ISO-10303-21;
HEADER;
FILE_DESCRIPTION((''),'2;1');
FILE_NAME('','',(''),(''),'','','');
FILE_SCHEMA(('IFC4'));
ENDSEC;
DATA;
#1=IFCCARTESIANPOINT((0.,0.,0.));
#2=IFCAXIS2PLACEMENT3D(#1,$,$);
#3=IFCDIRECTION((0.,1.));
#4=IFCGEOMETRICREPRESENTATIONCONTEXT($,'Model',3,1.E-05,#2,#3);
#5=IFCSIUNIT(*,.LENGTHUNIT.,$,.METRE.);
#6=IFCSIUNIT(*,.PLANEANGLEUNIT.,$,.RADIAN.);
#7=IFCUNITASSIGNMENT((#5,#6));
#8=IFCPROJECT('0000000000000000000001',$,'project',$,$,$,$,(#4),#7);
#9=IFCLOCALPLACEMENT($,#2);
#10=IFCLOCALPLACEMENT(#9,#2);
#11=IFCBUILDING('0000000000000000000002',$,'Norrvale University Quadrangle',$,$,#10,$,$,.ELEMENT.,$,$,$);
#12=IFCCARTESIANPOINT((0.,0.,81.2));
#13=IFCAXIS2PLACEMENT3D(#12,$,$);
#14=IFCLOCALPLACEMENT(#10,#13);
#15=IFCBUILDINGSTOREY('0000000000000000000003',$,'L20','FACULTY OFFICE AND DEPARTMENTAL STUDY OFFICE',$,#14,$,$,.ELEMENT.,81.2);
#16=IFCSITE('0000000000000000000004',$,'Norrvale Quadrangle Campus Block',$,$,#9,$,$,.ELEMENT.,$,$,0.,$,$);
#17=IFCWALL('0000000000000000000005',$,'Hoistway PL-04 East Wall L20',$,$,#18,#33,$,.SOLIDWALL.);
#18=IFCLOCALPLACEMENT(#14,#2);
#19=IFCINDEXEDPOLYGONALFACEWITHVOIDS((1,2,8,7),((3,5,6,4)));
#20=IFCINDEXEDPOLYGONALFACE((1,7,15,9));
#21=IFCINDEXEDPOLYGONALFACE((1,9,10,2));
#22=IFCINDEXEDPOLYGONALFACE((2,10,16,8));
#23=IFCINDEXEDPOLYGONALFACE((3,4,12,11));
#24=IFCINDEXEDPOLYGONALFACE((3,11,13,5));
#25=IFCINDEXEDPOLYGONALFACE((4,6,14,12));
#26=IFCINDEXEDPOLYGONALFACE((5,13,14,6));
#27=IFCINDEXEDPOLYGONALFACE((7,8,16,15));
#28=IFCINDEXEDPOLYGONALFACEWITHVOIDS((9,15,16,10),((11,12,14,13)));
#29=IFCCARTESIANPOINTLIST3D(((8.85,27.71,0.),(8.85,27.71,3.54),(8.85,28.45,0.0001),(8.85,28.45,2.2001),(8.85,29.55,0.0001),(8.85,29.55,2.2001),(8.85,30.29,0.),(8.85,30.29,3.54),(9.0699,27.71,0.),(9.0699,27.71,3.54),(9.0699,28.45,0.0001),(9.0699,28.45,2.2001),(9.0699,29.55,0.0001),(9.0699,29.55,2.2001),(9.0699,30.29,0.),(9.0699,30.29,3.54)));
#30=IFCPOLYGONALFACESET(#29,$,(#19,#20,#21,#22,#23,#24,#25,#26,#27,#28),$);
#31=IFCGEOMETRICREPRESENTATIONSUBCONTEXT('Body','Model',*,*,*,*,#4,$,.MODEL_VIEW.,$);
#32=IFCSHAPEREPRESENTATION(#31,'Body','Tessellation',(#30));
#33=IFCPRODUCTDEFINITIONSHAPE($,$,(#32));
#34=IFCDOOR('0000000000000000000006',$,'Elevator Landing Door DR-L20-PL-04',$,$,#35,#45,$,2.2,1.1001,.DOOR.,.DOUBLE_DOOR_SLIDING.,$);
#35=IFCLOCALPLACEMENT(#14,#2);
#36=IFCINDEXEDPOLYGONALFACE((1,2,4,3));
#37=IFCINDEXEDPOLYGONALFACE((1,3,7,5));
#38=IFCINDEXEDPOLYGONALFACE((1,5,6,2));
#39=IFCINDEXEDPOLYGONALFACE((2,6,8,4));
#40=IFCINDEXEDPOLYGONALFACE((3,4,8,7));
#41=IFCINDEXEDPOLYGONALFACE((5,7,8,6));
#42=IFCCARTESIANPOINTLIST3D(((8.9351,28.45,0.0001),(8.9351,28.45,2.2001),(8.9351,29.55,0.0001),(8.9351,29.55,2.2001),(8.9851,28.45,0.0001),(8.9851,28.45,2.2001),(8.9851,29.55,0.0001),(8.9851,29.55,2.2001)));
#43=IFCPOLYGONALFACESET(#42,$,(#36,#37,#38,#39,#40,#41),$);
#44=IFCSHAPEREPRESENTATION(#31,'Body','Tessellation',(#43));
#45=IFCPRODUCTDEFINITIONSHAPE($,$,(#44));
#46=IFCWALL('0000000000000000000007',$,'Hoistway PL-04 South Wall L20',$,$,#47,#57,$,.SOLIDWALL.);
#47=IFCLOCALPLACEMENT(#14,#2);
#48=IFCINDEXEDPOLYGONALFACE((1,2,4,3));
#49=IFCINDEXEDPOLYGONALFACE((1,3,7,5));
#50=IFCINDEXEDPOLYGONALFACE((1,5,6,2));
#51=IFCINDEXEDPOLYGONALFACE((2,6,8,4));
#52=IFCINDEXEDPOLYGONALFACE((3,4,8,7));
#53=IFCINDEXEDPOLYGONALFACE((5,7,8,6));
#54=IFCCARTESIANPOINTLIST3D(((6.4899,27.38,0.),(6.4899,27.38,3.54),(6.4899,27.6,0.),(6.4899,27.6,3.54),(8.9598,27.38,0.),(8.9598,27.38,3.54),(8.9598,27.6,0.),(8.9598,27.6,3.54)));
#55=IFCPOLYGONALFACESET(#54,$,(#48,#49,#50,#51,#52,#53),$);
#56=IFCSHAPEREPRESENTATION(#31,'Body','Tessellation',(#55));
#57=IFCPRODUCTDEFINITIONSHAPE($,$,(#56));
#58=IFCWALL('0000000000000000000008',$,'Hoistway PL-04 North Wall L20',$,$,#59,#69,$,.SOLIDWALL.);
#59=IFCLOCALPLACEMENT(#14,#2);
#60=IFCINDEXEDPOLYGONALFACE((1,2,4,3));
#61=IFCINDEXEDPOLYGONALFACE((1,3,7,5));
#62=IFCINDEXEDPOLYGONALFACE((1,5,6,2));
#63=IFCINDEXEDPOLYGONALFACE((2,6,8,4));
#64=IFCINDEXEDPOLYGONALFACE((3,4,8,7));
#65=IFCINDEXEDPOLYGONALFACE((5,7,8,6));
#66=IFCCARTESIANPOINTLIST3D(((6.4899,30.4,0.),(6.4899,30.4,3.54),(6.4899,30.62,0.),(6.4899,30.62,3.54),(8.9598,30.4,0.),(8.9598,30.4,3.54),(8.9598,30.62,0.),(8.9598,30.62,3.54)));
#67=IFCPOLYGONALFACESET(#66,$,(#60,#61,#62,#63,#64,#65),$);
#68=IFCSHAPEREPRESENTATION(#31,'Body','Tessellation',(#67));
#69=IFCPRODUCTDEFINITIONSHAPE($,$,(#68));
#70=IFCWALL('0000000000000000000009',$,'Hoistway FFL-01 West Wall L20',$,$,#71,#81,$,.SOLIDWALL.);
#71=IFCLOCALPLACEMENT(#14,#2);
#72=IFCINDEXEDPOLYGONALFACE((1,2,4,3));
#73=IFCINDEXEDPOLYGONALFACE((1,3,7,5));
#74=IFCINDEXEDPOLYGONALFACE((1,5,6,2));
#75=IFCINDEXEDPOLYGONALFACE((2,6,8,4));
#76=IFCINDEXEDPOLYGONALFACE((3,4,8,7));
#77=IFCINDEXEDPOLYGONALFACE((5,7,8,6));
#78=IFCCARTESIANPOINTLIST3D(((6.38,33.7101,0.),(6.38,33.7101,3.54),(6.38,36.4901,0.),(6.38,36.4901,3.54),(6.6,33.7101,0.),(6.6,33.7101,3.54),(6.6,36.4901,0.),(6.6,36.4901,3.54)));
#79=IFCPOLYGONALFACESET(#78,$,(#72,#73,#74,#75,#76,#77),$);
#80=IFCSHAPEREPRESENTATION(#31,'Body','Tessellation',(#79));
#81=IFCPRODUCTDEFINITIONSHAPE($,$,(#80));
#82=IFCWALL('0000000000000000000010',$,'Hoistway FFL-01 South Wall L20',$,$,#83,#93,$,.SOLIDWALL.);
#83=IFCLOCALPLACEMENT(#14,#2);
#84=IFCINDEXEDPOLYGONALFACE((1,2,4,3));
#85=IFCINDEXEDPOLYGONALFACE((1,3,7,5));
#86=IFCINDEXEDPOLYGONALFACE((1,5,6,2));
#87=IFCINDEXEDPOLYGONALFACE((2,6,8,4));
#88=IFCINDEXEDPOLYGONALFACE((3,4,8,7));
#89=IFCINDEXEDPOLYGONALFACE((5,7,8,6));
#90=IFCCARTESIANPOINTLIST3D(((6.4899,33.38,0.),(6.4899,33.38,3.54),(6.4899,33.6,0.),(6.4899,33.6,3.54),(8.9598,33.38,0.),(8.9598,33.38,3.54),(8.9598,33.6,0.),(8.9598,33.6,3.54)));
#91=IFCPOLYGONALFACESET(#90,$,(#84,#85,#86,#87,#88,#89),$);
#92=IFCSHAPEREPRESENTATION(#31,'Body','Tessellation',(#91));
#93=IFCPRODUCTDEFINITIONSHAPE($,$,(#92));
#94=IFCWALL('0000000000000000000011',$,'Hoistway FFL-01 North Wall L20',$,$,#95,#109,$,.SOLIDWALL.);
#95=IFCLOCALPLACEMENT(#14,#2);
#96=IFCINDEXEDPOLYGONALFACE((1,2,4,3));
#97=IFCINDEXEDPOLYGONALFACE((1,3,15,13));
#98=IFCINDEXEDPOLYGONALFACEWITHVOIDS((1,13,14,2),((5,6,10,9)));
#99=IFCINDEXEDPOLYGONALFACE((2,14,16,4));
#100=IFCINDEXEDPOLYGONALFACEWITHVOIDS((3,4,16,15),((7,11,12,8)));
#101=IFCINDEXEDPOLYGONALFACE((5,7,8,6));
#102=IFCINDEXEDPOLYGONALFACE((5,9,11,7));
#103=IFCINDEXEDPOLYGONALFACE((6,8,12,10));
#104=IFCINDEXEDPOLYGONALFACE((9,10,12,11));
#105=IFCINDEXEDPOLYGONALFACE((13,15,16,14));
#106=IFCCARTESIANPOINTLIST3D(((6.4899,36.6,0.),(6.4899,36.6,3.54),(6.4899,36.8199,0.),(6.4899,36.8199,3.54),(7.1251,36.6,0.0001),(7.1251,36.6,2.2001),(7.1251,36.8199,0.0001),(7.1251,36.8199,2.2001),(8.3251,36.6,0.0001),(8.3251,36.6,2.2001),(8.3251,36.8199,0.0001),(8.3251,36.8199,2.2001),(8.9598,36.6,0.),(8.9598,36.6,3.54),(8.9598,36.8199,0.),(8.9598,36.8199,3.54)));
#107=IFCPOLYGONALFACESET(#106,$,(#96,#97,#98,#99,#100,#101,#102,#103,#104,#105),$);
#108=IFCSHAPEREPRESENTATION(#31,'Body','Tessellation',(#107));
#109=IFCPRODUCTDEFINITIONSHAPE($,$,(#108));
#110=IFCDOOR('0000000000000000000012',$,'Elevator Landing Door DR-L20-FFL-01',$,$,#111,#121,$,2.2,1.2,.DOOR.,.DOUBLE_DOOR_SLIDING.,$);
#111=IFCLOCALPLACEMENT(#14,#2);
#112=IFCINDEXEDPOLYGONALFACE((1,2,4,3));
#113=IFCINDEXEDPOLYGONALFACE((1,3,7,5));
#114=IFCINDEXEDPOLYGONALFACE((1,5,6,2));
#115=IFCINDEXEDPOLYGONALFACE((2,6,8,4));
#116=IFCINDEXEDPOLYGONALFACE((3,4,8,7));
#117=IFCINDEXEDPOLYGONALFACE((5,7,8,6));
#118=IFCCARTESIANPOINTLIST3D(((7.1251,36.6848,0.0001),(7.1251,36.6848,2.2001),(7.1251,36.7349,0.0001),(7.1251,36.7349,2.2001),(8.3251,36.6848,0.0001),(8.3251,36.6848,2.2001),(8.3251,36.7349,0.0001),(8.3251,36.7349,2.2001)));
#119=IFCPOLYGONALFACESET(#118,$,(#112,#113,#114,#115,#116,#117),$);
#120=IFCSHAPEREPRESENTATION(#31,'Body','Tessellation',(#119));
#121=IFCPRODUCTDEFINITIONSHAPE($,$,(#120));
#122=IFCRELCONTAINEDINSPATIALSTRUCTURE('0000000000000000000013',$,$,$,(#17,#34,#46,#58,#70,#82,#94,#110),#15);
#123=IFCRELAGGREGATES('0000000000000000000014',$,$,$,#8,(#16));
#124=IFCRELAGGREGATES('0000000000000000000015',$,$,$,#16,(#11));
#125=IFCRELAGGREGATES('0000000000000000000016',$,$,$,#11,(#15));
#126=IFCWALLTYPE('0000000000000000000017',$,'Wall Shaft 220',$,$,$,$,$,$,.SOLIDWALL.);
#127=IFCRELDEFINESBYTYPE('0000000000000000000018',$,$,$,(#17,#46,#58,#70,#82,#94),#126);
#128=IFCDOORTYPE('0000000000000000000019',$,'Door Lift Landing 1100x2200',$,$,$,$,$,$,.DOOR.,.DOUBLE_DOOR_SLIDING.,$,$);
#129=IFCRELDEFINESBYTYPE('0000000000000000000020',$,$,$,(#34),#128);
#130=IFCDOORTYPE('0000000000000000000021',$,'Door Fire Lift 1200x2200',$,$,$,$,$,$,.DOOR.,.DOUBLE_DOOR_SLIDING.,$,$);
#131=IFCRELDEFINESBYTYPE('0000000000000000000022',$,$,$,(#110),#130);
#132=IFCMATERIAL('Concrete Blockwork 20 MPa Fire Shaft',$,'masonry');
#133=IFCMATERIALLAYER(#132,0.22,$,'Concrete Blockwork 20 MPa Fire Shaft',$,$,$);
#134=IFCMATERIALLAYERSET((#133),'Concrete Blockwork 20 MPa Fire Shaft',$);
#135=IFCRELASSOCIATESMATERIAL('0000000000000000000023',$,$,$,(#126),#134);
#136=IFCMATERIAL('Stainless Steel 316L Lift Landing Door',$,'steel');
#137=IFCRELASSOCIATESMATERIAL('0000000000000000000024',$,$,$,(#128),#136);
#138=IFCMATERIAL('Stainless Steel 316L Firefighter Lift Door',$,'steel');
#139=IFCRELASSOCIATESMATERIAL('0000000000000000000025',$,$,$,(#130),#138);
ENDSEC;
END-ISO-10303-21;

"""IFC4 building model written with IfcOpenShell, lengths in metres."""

from ifc_helpers import new_model, si_unit, direction, frame, frame_2d, origin, place, context, subcontext, project, spatial, rectangle, extrude, material, layer, layer_set, type_object, element, fill, save


model = new_model("IFC4")

# Units and contexts
model_context = context("Model", 3, precision=1e-05, world=origin(), true_north=direction((0.0, 1.0)))
body_context = subcontext(model_context, "Body", "Model", "MODEL_VIEW")
ifc_project = project(units=[si_unit("LENGTHUNIT", "METRE"), si_unit("PLANEANGLEUNIT", "RADIAN")], contexts=[model_context])

# Site, building, storey
site_placement = place(None, origin())
site = spatial("IfcSite", under=ifc_project, at=site_placement, Name="Norrvale Quadrangle Campus Block", CompositionType="ELEMENT", RefElevation=0.0)
building_placement = place(site_placement, origin())
building = spatial("IfcBuilding", under=site, at=building_placement, Name="Norrvale University Quadrangle", CompositionType="ELEMENT")
storey_placement = place(building_placement, frame((0.0, 0.0, 81.2)))
storey = spatial("IfcBuildingStorey", under=building, at=storey_placement, Name="L20", Description="FACULTY OFFICE AND DEPARTMENTAL STUDY OFFICE", CompositionType="ELEMENT", Elevation=81.2)

# Shared definitions
ifc_material_1 = material(Name="Concrete Blockwork 20 MPa Fire Shaft", Category="masonry")
ifc_layer_1 = layer(ifc_material_1, 0.22, Name="Concrete Blockwork 20 MPa Fire Shaft")
ifc_layer_set_1 = layer_set([ifc_layer_1], Name="Concrete Blockwork 20 MPa Fire Shaft")
wall_type_1 = type_object("IfcWallType", Name="Wall Shaft 220", PredefinedType="SOLIDWALL", material=ifc_layer_set_1)

# Shared definitions
ifc_material_2 = material(Name="Stainless Steel 316L Lift Landing Door", Category="steel")
door_type_1 = type_object("IfcDoorType", Name="Door Lift Landing 1100x2200", OperationType="DOUBLE_DOOR_SLIDING", PredefinedType="DOOR", material=ifc_material_2)

# Wall, opening, door
wall_1_placement = place(storey_placement, frame((8.96, 27.71, 0.0), z_axis=(0.0, 0.0, 1.0), x_axis=(0.0, 1.0, 0.0)))
wall_1 = element("IfcWall", 1, at=wall_1_placement, inside=storey, type_object=wall_type_1, Name="Hoistway PL-04 East Wall L20", PredefinedType="SOLIDWALL", context=body_context, shape_type="SweptSolid", body=[
    extrude(rectangle(XDim=2.5801, YDim=0.22, at=frame_2d((1.29, 0.0))), origin(), (0.0, 0.0, 1.0), 3.54),
])
opening_1_placement = place(wall_1_placement, frame((0.74, 0.0, 0.0)))
opening_1 = element("IfcOpeningElement", 2, at=opening_1_placement, cuts=wall_1, PredefinedType="OPENING", context=body_context, shape_type="SweptSolid", body=[
    extrude(rectangle(XDim=1.1001, YDim=2.2, at=frame_2d((0.55, 1.1001))), frame((0.0, 0.1221, 0.0), z_axis=(0.0, -1.0, 0.0), x_axis=(1.0, 0.0, 0.0)), (0.0, 0.0, 1.0), 0.2439),
])
door_1_placement = place(opening_1_placement, origin())
door_1 = element("IfcDoor", 3, at=door_1_placement, inside=storey, type_object=door_type_1, Name="Elevator Landing Door DR-L20-PL-04", OperationType="DOUBLE_DOOR_SLIDING", OverallHeight=2.2, OverallWidth=1.1001, PredefinedType="DOOR", context=body_context, shape_type="SweptSolid", body=[
    extrude(rectangle(XDim=1.1001, YDim=2.2, at=frame_2d((0.55, 1.1001))), frame((0.0, 0.0249, 0.0), z_axis=(0.0, -1.0, 0.0), x_axis=(1.0, 0.0, 0.0)), (0.0, 0.0, 1.0), 0.05),
])
fill(opening_1, door_1)

# Walls
for number, where, z_axis, x_axis, name in (
    (4, (6.49, 27.49, 0.0), (0.0, 0.0, 1.0), (1.0, 0.0, 0.0), "Hoistway PL-04 South Wall L20"),
    (5, (6.49, 30.51, 0.0), (0.0, 0.0, 1.0), (1.0, 0.0, 0.0), "Hoistway PL-04 North Wall L20"),
):
    element("IfcWall", number, at=place(storey_placement, frame(where, z_axis=z_axis, x_axis=x_axis)), inside=storey, type_object=wall_type_1, Name=name, PredefinedType="SOLIDWALL", context=body_context, shape_type="SweptSolid", body=[
        extrude(rectangle(XDim=2.47, YDim=0.22, at=frame_2d((1.2349, 0.0))), origin(), (0.0, 0.0, 1.0), 3.54),
    ])
wall_2_placement = place(storey_placement, frame((6.49, 33.71, 0.0), z_axis=(0.0, 0.0, 1.0), x_axis=(0.0, 1.0, 0.0)))
element("IfcWall", 6, at=wall_2_placement, inside=storey, type_object=wall_type_1, Name="Hoistway FFL-01 West Wall L20", PredefinedType="SOLIDWALL", context=body_context, shape_type="SweptSolid", body=[
    extrude(rectangle(XDim=2.78, YDim=0.22, at=frame_2d((1.3901, 0.0))), origin(), (0.0, 0.0, 1.0), 3.54),
])
wall_3_placement = place(storey_placement, frame((6.49, 33.49, 0.0), z_axis=(0.0, 0.0, 1.0), x_axis=(1.0, 0.0, 0.0)))
element("IfcWall", 7, at=wall_3_placement, inside=storey, type_object=wall_type_1, Name="Hoistway FFL-01 South Wall L20", PredefinedType="SOLIDWALL", context=body_context, shape_type="SweptSolid", body=[
    extrude(rectangle(XDim=2.47, YDim=0.22, at=frame_2d((1.2349, 0.0))), origin(), (0.0, 0.0, 1.0), 3.54),
])

# Wall, opening, door
wall_4_placement = place(storey_placement, frame((6.49, 36.71, 0.0), z_axis=(0.0, 0.0, 1.0), x_axis=(1.0, 0.0, 0.0)))
wall_4 = element("IfcWall", 8, at=wall_4_placement, inside=storey, type_object=wall_type_1, Name="Hoistway FFL-01 North Wall L20", PredefinedType="SOLIDWALL", context=body_context, shape_type="SweptSolid", body=[
    extrude(rectangle(XDim=2.47, YDim=0.22, at=frame_2d((1.2349, 0.0))), origin(), (0.0, 0.0, 1.0), 3.54),
])
opening_2_placement = place(wall_4_placement, frame((0.635, 0.0, 0.0)))
opening_2 = element("IfcOpeningElement", 9, at=opening_2_placement, cuts=wall_4, PredefinedType="OPENING", context=body_context, shape_type="SweptSolid", body=[
    extrude(rectangle(XDim=1.2, YDim=2.2, at=frame_2d((0.6001, 1.1001))), frame((0.0, 0.1221, 0.0), z_axis=(0.0, -1.0, 0.0), x_axis=(1.0, 0.0, 0.0)), (0.0, 0.0, 1.0), 0.2439),
])
ifc_material_3 = material(Name="Stainless Steel 316L Firefighter Lift Door", Category="steel")
door_type_2 = type_object("IfcDoorType", Name="Door Fire Lift 1200x2200", OperationType="DOUBLE_DOOR_SLIDING", PredefinedType="DOOR", material=ifc_material_3)
door_2_placement = place(opening_2_placement, origin())
door_2 = element("IfcDoor", 10, at=door_2_placement, inside=storey, type_object=door_type_2, Name="Elevator Landing Door DR-L20-FFL-01", OperationType="DOUBLE_DOOR_SLIDING", OverallHeight=2.2, OverallWidth=1.2, PredefinedType="DOOR", context=body_context, shape_type="SweptSolid", body=[
    extrude(rectangle(XDim=1.2, YDim=2.2, at=frame_2d((0.6001, 1.1001))), frame((0.0, 0.0249, 0.0), z_axis=(0.0, -1.0, 0.0), x_axis=(1.0, 0.0, 0.0)), (0.0, 0.0, 1.0), 0.05),
])
fill(opening_2, door_2)

save(model, "model.ifc")
